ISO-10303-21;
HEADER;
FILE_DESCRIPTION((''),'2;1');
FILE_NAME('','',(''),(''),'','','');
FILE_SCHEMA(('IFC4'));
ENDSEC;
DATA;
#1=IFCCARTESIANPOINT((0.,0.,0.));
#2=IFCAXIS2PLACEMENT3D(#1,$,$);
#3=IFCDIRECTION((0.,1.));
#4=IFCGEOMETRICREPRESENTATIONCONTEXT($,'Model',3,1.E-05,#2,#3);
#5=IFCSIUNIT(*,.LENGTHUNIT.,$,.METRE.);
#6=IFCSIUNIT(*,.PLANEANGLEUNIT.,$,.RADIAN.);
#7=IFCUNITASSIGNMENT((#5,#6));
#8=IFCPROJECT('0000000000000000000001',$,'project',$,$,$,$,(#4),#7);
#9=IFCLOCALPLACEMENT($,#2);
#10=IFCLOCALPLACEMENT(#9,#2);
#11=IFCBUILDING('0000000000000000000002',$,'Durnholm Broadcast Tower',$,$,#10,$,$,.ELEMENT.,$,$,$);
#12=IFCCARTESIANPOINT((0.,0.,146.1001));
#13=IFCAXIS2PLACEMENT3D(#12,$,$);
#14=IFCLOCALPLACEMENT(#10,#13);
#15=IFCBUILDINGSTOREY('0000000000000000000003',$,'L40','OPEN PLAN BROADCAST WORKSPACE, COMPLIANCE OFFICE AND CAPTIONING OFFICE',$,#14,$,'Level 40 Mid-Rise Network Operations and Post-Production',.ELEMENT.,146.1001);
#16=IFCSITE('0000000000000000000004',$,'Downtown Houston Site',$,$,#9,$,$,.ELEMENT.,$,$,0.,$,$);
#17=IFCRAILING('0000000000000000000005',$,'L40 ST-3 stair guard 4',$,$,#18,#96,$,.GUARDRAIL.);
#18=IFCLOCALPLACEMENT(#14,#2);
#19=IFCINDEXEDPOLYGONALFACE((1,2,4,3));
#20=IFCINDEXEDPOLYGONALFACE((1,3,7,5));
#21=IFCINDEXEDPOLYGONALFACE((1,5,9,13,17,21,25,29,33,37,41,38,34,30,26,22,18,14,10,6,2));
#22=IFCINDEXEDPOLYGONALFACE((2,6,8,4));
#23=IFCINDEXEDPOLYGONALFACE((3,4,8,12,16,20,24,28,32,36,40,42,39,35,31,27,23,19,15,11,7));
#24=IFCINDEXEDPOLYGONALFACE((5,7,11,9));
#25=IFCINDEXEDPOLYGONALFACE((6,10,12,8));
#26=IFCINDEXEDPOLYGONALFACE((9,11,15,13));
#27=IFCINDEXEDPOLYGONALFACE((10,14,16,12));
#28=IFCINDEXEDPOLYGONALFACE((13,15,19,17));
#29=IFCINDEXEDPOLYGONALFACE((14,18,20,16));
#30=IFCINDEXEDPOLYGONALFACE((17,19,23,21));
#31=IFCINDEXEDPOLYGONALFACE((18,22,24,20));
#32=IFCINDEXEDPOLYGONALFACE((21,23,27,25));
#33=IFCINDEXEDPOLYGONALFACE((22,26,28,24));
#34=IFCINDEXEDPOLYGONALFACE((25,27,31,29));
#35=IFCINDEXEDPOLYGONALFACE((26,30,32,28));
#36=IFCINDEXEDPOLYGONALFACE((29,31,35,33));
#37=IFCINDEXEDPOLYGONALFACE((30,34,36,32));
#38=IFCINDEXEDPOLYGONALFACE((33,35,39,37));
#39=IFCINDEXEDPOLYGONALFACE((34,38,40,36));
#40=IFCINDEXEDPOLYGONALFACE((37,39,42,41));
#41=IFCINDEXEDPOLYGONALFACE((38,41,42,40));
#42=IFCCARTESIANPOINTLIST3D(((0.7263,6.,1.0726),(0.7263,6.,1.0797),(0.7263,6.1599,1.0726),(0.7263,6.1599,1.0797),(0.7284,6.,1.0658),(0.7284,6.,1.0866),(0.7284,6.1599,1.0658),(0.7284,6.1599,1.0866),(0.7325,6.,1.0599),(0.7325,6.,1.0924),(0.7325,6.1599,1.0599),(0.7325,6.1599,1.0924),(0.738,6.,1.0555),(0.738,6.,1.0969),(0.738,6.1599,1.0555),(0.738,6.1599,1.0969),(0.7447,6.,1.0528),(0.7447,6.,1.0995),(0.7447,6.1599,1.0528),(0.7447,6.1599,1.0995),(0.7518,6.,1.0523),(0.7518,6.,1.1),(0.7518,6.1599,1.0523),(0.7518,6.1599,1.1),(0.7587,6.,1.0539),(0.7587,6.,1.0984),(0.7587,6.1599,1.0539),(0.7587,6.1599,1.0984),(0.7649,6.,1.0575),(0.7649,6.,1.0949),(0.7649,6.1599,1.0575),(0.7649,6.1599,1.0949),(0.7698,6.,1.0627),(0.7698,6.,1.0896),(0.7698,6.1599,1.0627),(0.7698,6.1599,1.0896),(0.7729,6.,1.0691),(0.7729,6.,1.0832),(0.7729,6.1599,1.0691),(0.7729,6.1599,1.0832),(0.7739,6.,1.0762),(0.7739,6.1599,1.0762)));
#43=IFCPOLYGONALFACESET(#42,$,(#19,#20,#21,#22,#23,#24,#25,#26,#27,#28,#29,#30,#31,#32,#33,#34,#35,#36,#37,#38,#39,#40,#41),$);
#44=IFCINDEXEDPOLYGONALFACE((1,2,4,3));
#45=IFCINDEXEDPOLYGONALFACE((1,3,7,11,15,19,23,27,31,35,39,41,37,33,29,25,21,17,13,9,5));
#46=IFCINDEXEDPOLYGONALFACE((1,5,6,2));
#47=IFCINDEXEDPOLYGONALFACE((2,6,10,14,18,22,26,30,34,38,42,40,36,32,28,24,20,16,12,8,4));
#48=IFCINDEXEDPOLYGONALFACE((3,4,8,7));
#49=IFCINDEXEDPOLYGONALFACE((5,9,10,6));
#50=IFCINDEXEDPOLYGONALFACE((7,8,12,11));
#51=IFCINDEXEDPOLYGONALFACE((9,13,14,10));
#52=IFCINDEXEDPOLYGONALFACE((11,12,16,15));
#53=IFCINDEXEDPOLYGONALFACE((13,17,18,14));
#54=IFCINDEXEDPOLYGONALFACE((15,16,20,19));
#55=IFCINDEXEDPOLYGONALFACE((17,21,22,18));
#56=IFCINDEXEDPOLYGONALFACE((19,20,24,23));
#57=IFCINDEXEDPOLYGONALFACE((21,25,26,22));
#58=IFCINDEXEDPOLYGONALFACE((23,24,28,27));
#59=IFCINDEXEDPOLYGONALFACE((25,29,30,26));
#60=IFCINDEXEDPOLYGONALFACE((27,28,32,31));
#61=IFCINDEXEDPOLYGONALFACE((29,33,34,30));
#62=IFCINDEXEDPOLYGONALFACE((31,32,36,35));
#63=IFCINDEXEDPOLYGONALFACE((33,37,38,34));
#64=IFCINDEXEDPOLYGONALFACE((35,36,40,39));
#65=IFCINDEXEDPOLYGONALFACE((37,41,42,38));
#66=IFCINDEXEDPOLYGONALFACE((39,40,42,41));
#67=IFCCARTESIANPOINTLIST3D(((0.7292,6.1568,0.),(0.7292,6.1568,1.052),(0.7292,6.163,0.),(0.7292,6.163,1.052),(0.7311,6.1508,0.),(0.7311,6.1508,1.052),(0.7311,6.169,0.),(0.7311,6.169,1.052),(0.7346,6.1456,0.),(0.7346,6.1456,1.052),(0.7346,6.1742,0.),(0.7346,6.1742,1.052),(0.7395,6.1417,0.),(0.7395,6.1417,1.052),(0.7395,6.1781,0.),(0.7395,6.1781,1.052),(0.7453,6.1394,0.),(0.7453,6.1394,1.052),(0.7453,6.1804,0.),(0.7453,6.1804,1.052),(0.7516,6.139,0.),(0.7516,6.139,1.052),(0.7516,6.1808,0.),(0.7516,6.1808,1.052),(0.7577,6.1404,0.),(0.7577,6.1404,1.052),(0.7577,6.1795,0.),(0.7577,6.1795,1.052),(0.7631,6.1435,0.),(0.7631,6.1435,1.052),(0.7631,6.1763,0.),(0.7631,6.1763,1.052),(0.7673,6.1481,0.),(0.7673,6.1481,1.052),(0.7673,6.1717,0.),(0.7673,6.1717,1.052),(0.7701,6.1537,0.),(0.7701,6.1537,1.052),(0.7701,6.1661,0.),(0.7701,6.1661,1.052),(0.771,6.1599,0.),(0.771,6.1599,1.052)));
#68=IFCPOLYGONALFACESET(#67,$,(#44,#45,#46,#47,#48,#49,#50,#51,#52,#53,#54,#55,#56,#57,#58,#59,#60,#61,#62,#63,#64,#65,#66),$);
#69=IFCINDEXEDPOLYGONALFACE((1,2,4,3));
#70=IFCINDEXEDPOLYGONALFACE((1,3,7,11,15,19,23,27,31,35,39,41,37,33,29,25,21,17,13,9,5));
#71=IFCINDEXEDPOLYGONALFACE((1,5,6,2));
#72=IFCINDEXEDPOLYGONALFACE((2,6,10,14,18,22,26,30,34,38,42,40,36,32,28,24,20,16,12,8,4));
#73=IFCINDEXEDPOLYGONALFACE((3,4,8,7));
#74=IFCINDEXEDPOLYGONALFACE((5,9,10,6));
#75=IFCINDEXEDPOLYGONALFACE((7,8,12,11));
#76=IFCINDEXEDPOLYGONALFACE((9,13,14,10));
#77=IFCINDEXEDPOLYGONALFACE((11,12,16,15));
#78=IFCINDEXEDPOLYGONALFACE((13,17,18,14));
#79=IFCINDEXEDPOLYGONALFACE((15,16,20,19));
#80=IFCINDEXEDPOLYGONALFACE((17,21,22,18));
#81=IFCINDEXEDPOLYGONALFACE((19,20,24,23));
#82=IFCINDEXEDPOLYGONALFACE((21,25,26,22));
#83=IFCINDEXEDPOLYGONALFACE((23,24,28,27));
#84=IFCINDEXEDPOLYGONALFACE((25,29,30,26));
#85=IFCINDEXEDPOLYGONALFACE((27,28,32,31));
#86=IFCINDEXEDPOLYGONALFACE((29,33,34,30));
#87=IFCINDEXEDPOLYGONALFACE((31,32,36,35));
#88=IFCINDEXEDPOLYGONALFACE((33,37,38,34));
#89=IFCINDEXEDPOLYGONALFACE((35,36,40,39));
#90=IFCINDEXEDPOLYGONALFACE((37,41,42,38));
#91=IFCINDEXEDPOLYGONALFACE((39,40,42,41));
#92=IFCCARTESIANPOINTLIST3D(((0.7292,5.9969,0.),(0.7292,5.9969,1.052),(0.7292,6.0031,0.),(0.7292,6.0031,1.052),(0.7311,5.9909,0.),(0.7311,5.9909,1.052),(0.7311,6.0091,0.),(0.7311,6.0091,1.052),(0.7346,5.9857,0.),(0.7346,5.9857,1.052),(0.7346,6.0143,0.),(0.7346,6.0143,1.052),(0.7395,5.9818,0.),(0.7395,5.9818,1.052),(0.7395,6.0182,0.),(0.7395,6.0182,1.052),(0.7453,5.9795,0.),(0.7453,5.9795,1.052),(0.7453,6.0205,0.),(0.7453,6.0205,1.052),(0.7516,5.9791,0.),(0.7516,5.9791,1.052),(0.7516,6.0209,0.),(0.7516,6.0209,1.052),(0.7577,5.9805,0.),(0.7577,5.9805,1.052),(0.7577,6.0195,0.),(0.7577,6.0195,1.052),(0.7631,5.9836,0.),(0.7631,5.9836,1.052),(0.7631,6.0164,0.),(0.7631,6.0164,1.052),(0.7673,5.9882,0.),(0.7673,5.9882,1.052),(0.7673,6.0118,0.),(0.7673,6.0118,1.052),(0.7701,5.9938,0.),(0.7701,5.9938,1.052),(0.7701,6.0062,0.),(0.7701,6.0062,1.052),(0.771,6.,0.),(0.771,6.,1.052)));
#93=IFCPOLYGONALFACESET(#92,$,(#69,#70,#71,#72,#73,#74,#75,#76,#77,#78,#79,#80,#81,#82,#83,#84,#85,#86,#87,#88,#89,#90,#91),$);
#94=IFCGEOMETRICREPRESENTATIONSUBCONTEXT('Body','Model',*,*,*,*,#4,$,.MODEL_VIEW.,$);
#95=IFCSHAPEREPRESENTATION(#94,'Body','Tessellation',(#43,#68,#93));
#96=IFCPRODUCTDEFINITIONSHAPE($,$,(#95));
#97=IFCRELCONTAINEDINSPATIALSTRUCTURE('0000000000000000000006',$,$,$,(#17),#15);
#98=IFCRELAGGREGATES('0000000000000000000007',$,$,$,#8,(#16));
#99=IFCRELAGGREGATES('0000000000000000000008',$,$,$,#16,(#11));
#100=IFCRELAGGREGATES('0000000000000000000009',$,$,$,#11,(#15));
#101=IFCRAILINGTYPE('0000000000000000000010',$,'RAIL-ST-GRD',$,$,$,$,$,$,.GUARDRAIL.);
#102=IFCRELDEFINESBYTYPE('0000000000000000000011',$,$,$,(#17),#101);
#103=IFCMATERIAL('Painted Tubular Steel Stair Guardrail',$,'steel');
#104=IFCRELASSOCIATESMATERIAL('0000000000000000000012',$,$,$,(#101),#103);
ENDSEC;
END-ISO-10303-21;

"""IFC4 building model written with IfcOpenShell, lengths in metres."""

from ifc_helpers import new_model, si_unit, direction, frame, origin, origin_2d, place, context, subcontext, project, spatial, circle, extrude, material, type_object, element, save


model = new_model("IFC4")

# Units and contexts
model_context = context("Model", 3, precision=1e-05, world=origin(), true_north=direction((0.0, 1.0)))
body_context = subcontext(model_context, "Body", "Model", "MODEL_VIEW")
ifc_project = project(units=[si_unit("LENGTHUNIT", "METRE"), si_unit("PLANEANGLEUNIT", "RADIAN")], contexts=[model_context])

# Site, building, storey
site_placement = place(None, origin())
site = spatial("IfcSite", under=ifc_project, at=site_placement, Name="Downtown Houston Site", CompositionType="ELEMENT", RefElevation=0.0)
building_placement = place(site_placement, origin())
building = spatial("IfcBuilding", under=site, at=building_placement, Name="Durnholm Broadcast Tower", CompositionType="ELEMENT")
storey_placement = place(building_placement, frame((0.0, 0.0, 146.1001)))
storey = spatial("IfcBuildingStorey", under=building, at=storey_placement, Name="L40", Description="OPEN PLAN BROADCAST WORKSPACE, COMPLIANCE OFFICE AND CAPTIONING OFFICE", LongName="Level 40 Mid-Rise Network Operations and Post-Production", CompositionType="ELEMENT", Elevation=146.1001)

# Railing
ifc_material_1 = material(Name="Painted Tubular Steel Stair Guardrail", Category="steel")
railing_type_1 = type_object("IfcRailingType", Name="RAIL-ST-GRD", PredefinedType="GUARDRAIL", material=ifc_material_1)
railing_1_placement = place(storey_placement, frame((0.75, 6.1599, 0.0)))
element("IfcRailing", 1, at=railing_1_placement, inside=storey, type_object=railing_type_1, Name="L40 ST-3 stair guard 4", PredefinedType="GUARDRAIL", context=body_context, shape_type="SweptSolid", body=[
    extrude(circle(Radius=0.0239, at=origin_2d()), frame((0.0, 0.0, 1.0762), z_axis=(0.0, -1.0, 0.0), x_axis=(1.0, 0.0, 0.0)), (0.0, 0.0, 1.0), 0.1599),
    extrude(circle(Radius=0.021, at=origin_2d()), origin(), (0.0, 0.0, 1.0), 1.052),
    extrude(circle(Radius=0.021, at=origin_2d()), frame((0.0, -0.1599, 0.0)), (0.0, 0.0, 1.0), 1.052),
])

save(model, "model.ifc")
